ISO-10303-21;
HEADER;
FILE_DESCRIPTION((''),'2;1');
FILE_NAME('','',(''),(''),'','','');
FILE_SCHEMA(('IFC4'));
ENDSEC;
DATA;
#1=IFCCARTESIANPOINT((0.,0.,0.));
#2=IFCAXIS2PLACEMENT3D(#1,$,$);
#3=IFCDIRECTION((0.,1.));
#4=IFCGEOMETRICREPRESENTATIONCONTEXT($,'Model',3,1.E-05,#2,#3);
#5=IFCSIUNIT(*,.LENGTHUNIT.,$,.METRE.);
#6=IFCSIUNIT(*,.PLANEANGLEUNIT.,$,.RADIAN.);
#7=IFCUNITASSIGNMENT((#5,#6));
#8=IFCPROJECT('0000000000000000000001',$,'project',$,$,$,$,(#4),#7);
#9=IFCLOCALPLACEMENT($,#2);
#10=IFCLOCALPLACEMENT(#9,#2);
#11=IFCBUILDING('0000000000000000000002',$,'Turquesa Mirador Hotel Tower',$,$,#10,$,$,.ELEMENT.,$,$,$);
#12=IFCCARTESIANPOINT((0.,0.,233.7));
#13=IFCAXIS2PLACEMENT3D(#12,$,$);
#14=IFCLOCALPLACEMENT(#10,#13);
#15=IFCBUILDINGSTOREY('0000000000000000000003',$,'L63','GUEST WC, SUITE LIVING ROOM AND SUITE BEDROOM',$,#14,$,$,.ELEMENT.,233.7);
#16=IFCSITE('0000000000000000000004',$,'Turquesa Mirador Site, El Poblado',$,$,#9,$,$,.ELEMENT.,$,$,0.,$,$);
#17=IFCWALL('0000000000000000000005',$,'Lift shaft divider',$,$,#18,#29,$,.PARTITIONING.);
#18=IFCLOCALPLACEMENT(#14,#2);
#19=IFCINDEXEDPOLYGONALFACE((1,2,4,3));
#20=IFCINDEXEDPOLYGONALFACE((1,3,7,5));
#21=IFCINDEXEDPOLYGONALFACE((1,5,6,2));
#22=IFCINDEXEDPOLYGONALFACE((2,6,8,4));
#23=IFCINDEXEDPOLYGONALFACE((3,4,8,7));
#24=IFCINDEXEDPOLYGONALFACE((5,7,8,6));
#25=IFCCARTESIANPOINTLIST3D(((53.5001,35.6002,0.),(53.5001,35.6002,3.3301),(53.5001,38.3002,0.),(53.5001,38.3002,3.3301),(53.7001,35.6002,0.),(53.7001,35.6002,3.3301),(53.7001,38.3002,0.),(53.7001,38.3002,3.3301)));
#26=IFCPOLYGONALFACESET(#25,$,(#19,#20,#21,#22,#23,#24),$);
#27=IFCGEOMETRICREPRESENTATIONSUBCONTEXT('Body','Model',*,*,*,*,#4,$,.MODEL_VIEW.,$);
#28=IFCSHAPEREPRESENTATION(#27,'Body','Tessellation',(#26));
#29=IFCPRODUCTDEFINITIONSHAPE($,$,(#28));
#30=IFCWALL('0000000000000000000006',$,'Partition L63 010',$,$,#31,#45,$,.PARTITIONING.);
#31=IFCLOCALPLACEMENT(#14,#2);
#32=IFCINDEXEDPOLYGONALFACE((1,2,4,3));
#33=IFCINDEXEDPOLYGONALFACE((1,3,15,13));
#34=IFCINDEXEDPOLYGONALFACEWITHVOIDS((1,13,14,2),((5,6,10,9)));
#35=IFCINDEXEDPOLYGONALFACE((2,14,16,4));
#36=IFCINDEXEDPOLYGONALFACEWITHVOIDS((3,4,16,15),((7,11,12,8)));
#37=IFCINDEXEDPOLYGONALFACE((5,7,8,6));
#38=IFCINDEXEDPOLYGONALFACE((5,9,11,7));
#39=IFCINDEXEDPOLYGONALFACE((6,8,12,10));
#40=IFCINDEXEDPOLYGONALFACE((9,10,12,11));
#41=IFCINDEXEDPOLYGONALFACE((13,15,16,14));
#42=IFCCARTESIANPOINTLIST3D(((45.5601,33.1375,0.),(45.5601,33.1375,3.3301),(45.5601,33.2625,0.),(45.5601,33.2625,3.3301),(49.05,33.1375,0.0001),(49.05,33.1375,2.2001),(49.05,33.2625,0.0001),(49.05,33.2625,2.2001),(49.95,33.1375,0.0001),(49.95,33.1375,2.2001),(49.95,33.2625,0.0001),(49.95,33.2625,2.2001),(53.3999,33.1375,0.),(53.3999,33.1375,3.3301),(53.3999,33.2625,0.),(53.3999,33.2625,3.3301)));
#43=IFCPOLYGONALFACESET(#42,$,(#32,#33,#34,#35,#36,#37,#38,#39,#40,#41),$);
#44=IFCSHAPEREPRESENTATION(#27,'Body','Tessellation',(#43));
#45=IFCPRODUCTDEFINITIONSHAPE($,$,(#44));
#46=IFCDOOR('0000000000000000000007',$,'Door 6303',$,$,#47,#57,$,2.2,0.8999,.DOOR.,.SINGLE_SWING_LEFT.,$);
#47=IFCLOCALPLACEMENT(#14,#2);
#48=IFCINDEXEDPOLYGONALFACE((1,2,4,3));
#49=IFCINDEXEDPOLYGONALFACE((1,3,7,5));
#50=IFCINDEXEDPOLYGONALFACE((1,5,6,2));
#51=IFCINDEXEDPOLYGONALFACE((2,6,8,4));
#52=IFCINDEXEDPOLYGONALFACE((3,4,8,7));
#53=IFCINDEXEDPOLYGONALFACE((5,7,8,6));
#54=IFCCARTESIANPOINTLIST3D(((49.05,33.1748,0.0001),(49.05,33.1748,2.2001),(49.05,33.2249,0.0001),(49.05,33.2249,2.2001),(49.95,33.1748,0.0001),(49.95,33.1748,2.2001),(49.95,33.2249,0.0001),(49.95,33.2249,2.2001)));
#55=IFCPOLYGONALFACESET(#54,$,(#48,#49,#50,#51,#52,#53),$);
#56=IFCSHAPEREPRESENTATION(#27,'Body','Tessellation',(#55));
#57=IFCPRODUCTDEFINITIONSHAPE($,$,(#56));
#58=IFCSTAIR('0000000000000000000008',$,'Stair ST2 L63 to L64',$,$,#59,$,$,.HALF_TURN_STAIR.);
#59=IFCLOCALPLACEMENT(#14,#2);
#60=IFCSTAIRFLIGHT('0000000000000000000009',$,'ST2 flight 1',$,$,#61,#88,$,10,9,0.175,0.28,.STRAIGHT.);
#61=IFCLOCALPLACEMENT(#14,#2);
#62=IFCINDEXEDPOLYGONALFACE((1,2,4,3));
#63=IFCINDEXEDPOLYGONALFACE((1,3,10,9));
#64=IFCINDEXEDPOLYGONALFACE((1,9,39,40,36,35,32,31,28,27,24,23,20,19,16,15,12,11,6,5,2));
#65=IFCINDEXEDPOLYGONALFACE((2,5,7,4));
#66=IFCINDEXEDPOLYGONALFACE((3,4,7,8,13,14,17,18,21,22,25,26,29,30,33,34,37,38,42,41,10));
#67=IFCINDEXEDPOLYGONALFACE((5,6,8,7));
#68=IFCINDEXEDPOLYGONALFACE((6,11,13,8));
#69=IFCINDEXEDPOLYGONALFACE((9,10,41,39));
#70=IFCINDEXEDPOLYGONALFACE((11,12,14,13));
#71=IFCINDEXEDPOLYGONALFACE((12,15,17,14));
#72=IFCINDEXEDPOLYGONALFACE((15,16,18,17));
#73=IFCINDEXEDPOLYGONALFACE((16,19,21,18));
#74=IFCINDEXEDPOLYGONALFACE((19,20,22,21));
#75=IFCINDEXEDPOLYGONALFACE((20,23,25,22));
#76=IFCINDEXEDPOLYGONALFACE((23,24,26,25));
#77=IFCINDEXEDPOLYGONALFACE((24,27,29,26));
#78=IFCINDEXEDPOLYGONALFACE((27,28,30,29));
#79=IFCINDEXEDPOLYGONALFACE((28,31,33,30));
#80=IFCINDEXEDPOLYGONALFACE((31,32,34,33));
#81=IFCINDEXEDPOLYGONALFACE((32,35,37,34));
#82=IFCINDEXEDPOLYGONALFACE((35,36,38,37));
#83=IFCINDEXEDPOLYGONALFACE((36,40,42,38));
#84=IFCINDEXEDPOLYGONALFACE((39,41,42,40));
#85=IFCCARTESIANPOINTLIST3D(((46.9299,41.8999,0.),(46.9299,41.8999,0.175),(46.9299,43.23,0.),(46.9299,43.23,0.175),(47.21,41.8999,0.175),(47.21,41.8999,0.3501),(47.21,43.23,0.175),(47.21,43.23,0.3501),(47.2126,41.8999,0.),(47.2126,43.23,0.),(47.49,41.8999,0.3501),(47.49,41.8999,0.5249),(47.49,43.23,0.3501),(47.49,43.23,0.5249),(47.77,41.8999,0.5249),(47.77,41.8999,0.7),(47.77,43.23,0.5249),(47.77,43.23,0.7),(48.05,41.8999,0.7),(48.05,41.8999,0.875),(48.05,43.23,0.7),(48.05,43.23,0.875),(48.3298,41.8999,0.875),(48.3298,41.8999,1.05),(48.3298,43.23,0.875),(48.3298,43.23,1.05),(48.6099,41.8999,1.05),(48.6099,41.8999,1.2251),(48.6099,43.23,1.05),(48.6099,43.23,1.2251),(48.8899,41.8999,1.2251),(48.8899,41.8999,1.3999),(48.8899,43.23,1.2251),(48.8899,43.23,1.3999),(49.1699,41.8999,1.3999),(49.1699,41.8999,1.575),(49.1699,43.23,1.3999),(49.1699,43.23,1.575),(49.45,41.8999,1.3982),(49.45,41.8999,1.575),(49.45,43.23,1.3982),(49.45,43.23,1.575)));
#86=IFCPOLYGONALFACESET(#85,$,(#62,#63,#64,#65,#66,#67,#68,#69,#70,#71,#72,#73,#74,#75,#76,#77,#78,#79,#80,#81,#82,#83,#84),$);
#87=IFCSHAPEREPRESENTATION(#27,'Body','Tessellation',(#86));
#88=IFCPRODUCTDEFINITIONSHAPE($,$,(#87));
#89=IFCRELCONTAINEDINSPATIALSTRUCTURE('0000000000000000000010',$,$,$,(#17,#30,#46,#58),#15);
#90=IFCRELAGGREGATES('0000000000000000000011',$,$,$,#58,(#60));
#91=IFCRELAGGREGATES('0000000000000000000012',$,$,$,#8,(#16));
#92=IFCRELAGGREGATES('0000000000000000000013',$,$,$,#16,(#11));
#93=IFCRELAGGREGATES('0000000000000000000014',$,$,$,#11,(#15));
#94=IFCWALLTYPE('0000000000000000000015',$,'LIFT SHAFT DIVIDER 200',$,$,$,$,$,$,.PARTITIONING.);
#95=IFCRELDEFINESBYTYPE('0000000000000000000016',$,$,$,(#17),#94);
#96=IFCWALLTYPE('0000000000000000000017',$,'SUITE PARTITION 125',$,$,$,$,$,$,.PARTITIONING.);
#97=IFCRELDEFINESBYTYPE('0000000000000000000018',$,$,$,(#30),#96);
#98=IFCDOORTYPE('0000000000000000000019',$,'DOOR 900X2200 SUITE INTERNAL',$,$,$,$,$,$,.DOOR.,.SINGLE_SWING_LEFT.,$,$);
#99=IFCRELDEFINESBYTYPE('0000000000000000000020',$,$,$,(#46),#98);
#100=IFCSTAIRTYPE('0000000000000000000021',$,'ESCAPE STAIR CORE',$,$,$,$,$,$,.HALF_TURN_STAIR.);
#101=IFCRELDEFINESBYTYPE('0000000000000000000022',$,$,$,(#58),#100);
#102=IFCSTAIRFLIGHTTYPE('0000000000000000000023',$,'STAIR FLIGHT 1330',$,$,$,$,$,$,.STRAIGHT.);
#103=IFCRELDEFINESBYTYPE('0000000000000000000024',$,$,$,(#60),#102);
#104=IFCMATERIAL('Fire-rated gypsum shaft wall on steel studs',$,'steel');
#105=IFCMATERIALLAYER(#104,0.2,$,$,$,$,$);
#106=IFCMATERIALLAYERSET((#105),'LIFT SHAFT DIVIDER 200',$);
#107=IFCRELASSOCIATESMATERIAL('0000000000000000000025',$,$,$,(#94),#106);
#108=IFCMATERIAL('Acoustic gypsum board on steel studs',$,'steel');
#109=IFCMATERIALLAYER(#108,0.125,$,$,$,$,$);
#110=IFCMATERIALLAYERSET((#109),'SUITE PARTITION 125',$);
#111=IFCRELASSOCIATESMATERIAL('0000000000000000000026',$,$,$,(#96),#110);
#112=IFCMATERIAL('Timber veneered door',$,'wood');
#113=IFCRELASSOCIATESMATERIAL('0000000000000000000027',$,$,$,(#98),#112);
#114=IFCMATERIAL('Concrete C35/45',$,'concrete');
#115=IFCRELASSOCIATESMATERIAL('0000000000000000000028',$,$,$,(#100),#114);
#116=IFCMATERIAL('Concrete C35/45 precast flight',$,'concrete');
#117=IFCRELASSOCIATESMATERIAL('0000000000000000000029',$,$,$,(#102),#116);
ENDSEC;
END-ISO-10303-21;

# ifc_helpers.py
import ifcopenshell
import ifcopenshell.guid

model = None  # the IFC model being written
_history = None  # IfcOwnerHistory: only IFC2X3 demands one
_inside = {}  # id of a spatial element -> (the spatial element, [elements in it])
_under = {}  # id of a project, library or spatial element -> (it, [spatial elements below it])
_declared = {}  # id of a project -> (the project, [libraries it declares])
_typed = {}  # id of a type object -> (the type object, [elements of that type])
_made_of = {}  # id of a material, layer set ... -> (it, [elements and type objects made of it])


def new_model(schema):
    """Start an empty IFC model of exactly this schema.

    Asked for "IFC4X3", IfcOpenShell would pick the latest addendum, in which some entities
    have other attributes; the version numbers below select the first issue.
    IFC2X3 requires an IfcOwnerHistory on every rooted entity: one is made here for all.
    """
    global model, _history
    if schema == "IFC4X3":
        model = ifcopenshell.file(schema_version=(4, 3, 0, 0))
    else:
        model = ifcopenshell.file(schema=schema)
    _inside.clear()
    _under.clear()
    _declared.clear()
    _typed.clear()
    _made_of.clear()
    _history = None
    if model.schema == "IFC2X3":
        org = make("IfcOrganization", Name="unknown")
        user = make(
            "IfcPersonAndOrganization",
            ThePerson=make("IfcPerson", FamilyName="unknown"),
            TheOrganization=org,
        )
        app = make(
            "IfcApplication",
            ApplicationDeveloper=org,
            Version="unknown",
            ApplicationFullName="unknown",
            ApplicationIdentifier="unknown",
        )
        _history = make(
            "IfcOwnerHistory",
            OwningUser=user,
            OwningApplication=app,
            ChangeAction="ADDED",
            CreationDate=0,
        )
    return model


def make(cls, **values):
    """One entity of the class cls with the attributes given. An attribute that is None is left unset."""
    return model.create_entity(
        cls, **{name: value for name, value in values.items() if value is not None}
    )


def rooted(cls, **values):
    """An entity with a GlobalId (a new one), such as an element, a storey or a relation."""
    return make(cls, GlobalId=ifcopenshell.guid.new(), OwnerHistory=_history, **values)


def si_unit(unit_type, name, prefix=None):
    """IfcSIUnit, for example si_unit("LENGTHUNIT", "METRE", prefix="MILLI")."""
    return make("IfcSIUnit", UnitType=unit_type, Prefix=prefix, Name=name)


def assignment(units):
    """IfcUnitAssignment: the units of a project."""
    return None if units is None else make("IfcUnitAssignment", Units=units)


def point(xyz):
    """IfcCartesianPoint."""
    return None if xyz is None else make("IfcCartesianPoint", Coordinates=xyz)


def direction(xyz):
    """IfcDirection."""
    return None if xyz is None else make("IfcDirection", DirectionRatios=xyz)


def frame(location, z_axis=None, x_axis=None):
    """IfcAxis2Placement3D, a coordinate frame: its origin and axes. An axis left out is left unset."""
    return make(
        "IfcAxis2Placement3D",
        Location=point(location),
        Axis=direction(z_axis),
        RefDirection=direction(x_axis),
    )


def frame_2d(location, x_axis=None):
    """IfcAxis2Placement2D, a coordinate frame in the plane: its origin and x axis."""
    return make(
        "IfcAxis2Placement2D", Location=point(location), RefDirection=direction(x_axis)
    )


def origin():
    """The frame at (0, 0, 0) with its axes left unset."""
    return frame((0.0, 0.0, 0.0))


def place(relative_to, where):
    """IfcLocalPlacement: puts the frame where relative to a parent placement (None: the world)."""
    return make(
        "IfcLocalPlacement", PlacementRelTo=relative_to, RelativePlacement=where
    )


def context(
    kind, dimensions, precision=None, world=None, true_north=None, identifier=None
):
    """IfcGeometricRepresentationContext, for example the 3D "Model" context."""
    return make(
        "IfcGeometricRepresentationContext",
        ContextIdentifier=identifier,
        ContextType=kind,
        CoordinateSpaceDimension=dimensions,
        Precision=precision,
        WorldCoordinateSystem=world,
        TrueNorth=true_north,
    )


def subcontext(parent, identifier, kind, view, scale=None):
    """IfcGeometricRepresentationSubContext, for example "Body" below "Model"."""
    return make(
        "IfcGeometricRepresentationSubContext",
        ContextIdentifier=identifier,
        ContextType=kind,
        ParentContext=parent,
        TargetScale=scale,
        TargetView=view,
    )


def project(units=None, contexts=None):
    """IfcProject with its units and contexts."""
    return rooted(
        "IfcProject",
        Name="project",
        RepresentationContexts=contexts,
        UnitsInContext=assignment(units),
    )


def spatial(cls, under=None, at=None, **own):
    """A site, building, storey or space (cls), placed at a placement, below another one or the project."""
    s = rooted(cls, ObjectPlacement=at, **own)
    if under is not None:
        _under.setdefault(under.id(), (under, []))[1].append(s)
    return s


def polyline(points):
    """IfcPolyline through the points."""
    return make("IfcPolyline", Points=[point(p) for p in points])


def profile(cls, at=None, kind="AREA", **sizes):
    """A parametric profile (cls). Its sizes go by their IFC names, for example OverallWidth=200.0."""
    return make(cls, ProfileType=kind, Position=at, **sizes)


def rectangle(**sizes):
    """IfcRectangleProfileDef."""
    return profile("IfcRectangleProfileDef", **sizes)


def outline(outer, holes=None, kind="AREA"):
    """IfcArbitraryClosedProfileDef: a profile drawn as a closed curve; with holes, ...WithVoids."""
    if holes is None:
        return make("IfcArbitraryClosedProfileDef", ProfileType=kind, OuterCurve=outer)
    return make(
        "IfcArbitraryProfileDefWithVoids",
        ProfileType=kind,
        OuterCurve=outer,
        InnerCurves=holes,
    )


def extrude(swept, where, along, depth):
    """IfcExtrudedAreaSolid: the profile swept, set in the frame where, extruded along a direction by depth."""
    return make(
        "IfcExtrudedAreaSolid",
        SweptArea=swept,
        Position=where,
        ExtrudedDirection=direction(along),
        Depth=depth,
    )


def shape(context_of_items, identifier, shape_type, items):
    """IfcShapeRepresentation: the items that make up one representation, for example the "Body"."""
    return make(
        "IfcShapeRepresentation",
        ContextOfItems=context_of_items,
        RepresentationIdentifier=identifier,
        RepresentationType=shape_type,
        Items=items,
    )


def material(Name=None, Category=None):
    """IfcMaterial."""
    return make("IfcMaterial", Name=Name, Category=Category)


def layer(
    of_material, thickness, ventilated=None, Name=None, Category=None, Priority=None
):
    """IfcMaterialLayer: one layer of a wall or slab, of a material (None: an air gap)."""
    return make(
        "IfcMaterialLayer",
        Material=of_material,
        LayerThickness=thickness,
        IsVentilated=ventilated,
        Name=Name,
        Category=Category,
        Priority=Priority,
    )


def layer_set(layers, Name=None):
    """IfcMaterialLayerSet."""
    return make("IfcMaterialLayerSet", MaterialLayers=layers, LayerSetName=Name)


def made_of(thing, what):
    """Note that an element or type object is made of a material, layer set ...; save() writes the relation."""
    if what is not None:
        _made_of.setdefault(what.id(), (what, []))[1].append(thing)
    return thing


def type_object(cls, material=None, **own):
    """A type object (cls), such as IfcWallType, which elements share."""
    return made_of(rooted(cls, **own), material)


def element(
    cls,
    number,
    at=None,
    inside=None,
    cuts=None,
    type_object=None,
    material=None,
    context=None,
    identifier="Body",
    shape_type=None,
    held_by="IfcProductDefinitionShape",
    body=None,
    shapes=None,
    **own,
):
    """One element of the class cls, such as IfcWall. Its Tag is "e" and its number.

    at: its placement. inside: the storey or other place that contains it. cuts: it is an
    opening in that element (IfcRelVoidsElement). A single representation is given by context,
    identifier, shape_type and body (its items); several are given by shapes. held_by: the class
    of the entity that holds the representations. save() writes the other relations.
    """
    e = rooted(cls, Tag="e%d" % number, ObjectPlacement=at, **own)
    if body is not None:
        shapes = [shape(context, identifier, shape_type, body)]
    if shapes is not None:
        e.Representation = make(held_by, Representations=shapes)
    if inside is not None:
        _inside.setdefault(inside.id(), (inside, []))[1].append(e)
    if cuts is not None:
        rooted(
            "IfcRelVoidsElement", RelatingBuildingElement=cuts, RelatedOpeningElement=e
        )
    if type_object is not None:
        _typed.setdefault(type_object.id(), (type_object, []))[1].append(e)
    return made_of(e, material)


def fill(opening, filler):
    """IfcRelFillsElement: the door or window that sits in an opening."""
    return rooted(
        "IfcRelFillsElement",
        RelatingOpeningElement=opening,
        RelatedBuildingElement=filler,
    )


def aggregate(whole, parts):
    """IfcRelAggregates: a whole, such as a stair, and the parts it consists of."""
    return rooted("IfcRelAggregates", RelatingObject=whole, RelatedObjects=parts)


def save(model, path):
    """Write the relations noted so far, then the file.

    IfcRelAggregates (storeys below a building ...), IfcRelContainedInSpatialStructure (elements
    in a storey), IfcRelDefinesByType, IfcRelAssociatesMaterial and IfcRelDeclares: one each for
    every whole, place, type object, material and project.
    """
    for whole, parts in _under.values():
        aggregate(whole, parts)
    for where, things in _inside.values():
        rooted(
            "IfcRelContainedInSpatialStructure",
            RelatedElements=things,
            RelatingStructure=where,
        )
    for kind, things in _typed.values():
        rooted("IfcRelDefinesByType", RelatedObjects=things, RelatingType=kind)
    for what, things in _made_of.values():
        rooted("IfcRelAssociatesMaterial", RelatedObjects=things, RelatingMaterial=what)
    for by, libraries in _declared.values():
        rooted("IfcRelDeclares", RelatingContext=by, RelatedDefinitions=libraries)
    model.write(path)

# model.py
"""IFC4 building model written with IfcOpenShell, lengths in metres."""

from ifc_helpers import new_model, si_unit, direction, frame, frame_2d, origin, place, context, subcontext, project, spatial, polyline, rectangle, outline, extrude, material, layer, layer_set, type_object, element, fill, aggregate, save


model = new_model("IFC4")

# Units and contexts
model_context = context("Model", 3, precision=1e-05, world=origin(), true_north=direction((0.0, 1.0)))
body_context = subcontext(model_context, "Body", "Model", "MODEL_VIEW")
ifc_project = project(units=[si_unit("LENGTHUNIT", "METRE"), si_unit("PLANEANGLEUNIT", "RADIAN")], contexts=[model_context])

# Site, building, storey
site_placement = place(None, origin())
site = spatial("IfcSite", under=ifc_project, at=site_placement, Name="Turquesa Mirador Site, El Poblado", CompositionType="ELEMENT", RefElevation=0.0)
building_placement = place(site_placement, origin())
building = spatial("IfcBuilding", under=site, at=building_placement, Name="Turquesa Mirador Hotel Tower", CompositionType="ELEMENT")
storey_placement = place(building_placement, frame((0.0, 0.0, 233.7)))
storey = spatial("IfcBuildingStorey", under=building, at=storey_placement, Name="L63", Description="GUEST WC, SUITE LIVING ROOM AND SUITE BEDROOM", CompositionType="ELEMENT", Elevation=233.7)

# Wall
ifc_material_1 = material(Name="Fire-rated gypsum shaft wall on steel studs", Category="steel")
ifc_layer_1 = layer(ifc_material_1, 0.2)
ifc_layer_set_1 = layer_set([ifc_layer_1], Name="LIFT SHAFT DIVIDER 200")
wall_type_1 = type_object("IfcWallType", Name="LIFT SHAFT DIVIDER 200", PredefinedType="PARTITIONING", material=ifc_layer_set_1)
for number, where, z_axis, x_axis, name in (
    (1, (53.6001, 35.6001, 0.0), (0.0, 0.0, 1.0), (0.0, 1.0, 0.0), "Lift shaft divider"),
):
    element("IfcWall", number, at=place(storey_placement, frame(where, z_axis=z_axis, x_axis=x_axis)), inside=storey, type_object=wall_type_1, Name=name, PredefinedType="PARTITIONING", context=body_context, shape_type="SweptSolid", body=[
        extrude(rectangle(XDim=2.7, YDim=0.2, at=frame_2d((1.3501, 0.0))), origin(), (0.0, 0.0, 1.0), 3.3301),
    ])

# Wall, opening, door
ifc_material_2 = material(Name="Acoustic gypsum board on steel studs", Category="steel")
ifc_layer_2 = layer(ifc_material_2, 0.125)
ifc_layer_set_2 = layer_set([ifc_layer_2], Name="SUITE PARTITION 125")
wall_type_2 = type_object("IfcWallType", Name="SUITE PARTITION 125", PredefinedType="PARTITIONING", material=ifc_layer_set_2)
wall_1_placement = place(storey_placement, frame((45.5601, 33.2, 0.0), z_axis=(0.0, 0.0, 1.0), x_axis=(1.0, 0.0, 0.0)))
wall_1 = element("IfcWall", 2, at=wall_1_placement, inside=storey, type_object=wall_type_2, Name="Partition L63 010", PredefinedType="PARTITIONING", context=body_context, shape_type="SweptSolid", body=[
    extrude(rectangle(XDim=7.8398, YDim=0.125, at=frame_2d((3.9199, 0.0))), origin(), (0.0, 0.0, 1.0), 3.3301),
])
opening_1_placement = place(wall_1_placement, frame((3.49, 0.0, 0.0)))
opening_1 = element("IfcOpeningElement", 3, at=opening_1_placement, cuts=wall_1, PredefinedType="OPENING", context=body_context, shape_type="SweptSolid", body=[
    extrude(rectangle(XDim=0.8999, YDim=2.2, at=frame_2d((0.45, 1.1001))), frame((0.0, 0.0725, 0.0), z_axis=(0.0, -1.0, 0.0), x_axis=(1.0, 0.0, 0.0)), (0.0, 0.0, 1.0), 0.145),
])
ifc_material_3 = material(Name="Timber veneered door", Category="wood")
door_type_1 = type_object("IfcDoorType", Name="DOOR 900X2200 SUITE INTERNAL", OperationType="SINGLE_SWING_LEFT", PredefinedType="DOOR", material=ifc_material_3)
door_1_placement = place(opening_1_placement, origin())
door_1 = element("IfcDoor", 4, at=door_1_placement, inside=storey, type_object=door_type_1, Name="Door 6303", OperationType="SINGLE_SWING_LEFT", OverallHeight=2.2, OverallWidth=0.8999, PredefinedType="DOOR", context=body_context, shape_type="SweptSolid", body=[
    extrude(rectangle(XDim=0.8999, YDim=2.2, at=frame_2d((0.45, 1.1001))), frame((0.0, 0.0249, 0.0), z_axis=(0.0, -1.0, 0.0), x_axis=(1.0, 0.0, 0.0)), (0.0, 0.0, 1.0), 0.05),
])
fill(opening_1, door_1)

# Stair, stair flight
ifc_material_4 = material(Name="Concrete C35/45", Category="concrete")
stair_type = type_object("IfcStairType", Name="ESCAPE STAIR CORE", PredefinedType="HALF_TURN_STAIR", material=ifc_material_4)
stair_placement = place(storey_placement, origin())
stair = element("IfcStair", 5, at=stair_placement, inside=storey, type_object=stair_type, Name="Stair ST2 L63 to L64", PredefinedType="HALF_TURN_STAIR")
ifc_material_5 = material(Name="Concrete C35/45 precast flight", Category="concrete")
stair_flight_type = type_object("IfcStairFlightType", Name="STAIR FLIGHT 1330", PredefinedType="STRAIGHT", material=ifc_material_5)
stair_flight_placement = place(storey_placement, frame((46.9299, 42.5649, 0.0), z_axis=(0.0, 0.0, 1.0), x_axis=(1.0, 0.0, 0.0)))
stair_flight = element("IfcStairFlight", 6, at=stair_flight_placement, type_object=stair_flight_type, Name="ST2 flight 1", NumberOfRisers=10, NumberOfTreads=9, PredefinedType="STRAIGHT", RiserHeight=0.175, TreadLength=0.28, context=body_context, shape_type="SweptSolid", body=[
    extrude(outline(polyline([(0.0, 0.0), (0.0, 0.175), (0.28, 0.175), (0.28, 0.3501), (0.5601, 0.3501), (0.5601, 0.5249), (0.8401, 0.5249), (0.8401, 0.7), (1.1201, 0.7), (1.1201, 0.875), (1.3999, 0.875), (1.3999, 1.05), (1.6799, 1.05), (1.6799, 1.2251), (1.96, 1.2251), (1.96, 1.3999), (2.24, 1.3999), (2.24, 1.575), (2.52, 1.575), (2.52, 1.75), (2.52, 1.3982), (0.2827, 0.0), (0.0, 0.0)])), frame((0.0, 0.665, 0.0), z_axis=(0.0, -1.0, 0.0), x_axis=(1.0, 0.0, 0.0)), (0.0, 0.0, 1.0), 1.3301),
])
aggregate(stair, [stair_flight])

save(model, "model.ifc")
